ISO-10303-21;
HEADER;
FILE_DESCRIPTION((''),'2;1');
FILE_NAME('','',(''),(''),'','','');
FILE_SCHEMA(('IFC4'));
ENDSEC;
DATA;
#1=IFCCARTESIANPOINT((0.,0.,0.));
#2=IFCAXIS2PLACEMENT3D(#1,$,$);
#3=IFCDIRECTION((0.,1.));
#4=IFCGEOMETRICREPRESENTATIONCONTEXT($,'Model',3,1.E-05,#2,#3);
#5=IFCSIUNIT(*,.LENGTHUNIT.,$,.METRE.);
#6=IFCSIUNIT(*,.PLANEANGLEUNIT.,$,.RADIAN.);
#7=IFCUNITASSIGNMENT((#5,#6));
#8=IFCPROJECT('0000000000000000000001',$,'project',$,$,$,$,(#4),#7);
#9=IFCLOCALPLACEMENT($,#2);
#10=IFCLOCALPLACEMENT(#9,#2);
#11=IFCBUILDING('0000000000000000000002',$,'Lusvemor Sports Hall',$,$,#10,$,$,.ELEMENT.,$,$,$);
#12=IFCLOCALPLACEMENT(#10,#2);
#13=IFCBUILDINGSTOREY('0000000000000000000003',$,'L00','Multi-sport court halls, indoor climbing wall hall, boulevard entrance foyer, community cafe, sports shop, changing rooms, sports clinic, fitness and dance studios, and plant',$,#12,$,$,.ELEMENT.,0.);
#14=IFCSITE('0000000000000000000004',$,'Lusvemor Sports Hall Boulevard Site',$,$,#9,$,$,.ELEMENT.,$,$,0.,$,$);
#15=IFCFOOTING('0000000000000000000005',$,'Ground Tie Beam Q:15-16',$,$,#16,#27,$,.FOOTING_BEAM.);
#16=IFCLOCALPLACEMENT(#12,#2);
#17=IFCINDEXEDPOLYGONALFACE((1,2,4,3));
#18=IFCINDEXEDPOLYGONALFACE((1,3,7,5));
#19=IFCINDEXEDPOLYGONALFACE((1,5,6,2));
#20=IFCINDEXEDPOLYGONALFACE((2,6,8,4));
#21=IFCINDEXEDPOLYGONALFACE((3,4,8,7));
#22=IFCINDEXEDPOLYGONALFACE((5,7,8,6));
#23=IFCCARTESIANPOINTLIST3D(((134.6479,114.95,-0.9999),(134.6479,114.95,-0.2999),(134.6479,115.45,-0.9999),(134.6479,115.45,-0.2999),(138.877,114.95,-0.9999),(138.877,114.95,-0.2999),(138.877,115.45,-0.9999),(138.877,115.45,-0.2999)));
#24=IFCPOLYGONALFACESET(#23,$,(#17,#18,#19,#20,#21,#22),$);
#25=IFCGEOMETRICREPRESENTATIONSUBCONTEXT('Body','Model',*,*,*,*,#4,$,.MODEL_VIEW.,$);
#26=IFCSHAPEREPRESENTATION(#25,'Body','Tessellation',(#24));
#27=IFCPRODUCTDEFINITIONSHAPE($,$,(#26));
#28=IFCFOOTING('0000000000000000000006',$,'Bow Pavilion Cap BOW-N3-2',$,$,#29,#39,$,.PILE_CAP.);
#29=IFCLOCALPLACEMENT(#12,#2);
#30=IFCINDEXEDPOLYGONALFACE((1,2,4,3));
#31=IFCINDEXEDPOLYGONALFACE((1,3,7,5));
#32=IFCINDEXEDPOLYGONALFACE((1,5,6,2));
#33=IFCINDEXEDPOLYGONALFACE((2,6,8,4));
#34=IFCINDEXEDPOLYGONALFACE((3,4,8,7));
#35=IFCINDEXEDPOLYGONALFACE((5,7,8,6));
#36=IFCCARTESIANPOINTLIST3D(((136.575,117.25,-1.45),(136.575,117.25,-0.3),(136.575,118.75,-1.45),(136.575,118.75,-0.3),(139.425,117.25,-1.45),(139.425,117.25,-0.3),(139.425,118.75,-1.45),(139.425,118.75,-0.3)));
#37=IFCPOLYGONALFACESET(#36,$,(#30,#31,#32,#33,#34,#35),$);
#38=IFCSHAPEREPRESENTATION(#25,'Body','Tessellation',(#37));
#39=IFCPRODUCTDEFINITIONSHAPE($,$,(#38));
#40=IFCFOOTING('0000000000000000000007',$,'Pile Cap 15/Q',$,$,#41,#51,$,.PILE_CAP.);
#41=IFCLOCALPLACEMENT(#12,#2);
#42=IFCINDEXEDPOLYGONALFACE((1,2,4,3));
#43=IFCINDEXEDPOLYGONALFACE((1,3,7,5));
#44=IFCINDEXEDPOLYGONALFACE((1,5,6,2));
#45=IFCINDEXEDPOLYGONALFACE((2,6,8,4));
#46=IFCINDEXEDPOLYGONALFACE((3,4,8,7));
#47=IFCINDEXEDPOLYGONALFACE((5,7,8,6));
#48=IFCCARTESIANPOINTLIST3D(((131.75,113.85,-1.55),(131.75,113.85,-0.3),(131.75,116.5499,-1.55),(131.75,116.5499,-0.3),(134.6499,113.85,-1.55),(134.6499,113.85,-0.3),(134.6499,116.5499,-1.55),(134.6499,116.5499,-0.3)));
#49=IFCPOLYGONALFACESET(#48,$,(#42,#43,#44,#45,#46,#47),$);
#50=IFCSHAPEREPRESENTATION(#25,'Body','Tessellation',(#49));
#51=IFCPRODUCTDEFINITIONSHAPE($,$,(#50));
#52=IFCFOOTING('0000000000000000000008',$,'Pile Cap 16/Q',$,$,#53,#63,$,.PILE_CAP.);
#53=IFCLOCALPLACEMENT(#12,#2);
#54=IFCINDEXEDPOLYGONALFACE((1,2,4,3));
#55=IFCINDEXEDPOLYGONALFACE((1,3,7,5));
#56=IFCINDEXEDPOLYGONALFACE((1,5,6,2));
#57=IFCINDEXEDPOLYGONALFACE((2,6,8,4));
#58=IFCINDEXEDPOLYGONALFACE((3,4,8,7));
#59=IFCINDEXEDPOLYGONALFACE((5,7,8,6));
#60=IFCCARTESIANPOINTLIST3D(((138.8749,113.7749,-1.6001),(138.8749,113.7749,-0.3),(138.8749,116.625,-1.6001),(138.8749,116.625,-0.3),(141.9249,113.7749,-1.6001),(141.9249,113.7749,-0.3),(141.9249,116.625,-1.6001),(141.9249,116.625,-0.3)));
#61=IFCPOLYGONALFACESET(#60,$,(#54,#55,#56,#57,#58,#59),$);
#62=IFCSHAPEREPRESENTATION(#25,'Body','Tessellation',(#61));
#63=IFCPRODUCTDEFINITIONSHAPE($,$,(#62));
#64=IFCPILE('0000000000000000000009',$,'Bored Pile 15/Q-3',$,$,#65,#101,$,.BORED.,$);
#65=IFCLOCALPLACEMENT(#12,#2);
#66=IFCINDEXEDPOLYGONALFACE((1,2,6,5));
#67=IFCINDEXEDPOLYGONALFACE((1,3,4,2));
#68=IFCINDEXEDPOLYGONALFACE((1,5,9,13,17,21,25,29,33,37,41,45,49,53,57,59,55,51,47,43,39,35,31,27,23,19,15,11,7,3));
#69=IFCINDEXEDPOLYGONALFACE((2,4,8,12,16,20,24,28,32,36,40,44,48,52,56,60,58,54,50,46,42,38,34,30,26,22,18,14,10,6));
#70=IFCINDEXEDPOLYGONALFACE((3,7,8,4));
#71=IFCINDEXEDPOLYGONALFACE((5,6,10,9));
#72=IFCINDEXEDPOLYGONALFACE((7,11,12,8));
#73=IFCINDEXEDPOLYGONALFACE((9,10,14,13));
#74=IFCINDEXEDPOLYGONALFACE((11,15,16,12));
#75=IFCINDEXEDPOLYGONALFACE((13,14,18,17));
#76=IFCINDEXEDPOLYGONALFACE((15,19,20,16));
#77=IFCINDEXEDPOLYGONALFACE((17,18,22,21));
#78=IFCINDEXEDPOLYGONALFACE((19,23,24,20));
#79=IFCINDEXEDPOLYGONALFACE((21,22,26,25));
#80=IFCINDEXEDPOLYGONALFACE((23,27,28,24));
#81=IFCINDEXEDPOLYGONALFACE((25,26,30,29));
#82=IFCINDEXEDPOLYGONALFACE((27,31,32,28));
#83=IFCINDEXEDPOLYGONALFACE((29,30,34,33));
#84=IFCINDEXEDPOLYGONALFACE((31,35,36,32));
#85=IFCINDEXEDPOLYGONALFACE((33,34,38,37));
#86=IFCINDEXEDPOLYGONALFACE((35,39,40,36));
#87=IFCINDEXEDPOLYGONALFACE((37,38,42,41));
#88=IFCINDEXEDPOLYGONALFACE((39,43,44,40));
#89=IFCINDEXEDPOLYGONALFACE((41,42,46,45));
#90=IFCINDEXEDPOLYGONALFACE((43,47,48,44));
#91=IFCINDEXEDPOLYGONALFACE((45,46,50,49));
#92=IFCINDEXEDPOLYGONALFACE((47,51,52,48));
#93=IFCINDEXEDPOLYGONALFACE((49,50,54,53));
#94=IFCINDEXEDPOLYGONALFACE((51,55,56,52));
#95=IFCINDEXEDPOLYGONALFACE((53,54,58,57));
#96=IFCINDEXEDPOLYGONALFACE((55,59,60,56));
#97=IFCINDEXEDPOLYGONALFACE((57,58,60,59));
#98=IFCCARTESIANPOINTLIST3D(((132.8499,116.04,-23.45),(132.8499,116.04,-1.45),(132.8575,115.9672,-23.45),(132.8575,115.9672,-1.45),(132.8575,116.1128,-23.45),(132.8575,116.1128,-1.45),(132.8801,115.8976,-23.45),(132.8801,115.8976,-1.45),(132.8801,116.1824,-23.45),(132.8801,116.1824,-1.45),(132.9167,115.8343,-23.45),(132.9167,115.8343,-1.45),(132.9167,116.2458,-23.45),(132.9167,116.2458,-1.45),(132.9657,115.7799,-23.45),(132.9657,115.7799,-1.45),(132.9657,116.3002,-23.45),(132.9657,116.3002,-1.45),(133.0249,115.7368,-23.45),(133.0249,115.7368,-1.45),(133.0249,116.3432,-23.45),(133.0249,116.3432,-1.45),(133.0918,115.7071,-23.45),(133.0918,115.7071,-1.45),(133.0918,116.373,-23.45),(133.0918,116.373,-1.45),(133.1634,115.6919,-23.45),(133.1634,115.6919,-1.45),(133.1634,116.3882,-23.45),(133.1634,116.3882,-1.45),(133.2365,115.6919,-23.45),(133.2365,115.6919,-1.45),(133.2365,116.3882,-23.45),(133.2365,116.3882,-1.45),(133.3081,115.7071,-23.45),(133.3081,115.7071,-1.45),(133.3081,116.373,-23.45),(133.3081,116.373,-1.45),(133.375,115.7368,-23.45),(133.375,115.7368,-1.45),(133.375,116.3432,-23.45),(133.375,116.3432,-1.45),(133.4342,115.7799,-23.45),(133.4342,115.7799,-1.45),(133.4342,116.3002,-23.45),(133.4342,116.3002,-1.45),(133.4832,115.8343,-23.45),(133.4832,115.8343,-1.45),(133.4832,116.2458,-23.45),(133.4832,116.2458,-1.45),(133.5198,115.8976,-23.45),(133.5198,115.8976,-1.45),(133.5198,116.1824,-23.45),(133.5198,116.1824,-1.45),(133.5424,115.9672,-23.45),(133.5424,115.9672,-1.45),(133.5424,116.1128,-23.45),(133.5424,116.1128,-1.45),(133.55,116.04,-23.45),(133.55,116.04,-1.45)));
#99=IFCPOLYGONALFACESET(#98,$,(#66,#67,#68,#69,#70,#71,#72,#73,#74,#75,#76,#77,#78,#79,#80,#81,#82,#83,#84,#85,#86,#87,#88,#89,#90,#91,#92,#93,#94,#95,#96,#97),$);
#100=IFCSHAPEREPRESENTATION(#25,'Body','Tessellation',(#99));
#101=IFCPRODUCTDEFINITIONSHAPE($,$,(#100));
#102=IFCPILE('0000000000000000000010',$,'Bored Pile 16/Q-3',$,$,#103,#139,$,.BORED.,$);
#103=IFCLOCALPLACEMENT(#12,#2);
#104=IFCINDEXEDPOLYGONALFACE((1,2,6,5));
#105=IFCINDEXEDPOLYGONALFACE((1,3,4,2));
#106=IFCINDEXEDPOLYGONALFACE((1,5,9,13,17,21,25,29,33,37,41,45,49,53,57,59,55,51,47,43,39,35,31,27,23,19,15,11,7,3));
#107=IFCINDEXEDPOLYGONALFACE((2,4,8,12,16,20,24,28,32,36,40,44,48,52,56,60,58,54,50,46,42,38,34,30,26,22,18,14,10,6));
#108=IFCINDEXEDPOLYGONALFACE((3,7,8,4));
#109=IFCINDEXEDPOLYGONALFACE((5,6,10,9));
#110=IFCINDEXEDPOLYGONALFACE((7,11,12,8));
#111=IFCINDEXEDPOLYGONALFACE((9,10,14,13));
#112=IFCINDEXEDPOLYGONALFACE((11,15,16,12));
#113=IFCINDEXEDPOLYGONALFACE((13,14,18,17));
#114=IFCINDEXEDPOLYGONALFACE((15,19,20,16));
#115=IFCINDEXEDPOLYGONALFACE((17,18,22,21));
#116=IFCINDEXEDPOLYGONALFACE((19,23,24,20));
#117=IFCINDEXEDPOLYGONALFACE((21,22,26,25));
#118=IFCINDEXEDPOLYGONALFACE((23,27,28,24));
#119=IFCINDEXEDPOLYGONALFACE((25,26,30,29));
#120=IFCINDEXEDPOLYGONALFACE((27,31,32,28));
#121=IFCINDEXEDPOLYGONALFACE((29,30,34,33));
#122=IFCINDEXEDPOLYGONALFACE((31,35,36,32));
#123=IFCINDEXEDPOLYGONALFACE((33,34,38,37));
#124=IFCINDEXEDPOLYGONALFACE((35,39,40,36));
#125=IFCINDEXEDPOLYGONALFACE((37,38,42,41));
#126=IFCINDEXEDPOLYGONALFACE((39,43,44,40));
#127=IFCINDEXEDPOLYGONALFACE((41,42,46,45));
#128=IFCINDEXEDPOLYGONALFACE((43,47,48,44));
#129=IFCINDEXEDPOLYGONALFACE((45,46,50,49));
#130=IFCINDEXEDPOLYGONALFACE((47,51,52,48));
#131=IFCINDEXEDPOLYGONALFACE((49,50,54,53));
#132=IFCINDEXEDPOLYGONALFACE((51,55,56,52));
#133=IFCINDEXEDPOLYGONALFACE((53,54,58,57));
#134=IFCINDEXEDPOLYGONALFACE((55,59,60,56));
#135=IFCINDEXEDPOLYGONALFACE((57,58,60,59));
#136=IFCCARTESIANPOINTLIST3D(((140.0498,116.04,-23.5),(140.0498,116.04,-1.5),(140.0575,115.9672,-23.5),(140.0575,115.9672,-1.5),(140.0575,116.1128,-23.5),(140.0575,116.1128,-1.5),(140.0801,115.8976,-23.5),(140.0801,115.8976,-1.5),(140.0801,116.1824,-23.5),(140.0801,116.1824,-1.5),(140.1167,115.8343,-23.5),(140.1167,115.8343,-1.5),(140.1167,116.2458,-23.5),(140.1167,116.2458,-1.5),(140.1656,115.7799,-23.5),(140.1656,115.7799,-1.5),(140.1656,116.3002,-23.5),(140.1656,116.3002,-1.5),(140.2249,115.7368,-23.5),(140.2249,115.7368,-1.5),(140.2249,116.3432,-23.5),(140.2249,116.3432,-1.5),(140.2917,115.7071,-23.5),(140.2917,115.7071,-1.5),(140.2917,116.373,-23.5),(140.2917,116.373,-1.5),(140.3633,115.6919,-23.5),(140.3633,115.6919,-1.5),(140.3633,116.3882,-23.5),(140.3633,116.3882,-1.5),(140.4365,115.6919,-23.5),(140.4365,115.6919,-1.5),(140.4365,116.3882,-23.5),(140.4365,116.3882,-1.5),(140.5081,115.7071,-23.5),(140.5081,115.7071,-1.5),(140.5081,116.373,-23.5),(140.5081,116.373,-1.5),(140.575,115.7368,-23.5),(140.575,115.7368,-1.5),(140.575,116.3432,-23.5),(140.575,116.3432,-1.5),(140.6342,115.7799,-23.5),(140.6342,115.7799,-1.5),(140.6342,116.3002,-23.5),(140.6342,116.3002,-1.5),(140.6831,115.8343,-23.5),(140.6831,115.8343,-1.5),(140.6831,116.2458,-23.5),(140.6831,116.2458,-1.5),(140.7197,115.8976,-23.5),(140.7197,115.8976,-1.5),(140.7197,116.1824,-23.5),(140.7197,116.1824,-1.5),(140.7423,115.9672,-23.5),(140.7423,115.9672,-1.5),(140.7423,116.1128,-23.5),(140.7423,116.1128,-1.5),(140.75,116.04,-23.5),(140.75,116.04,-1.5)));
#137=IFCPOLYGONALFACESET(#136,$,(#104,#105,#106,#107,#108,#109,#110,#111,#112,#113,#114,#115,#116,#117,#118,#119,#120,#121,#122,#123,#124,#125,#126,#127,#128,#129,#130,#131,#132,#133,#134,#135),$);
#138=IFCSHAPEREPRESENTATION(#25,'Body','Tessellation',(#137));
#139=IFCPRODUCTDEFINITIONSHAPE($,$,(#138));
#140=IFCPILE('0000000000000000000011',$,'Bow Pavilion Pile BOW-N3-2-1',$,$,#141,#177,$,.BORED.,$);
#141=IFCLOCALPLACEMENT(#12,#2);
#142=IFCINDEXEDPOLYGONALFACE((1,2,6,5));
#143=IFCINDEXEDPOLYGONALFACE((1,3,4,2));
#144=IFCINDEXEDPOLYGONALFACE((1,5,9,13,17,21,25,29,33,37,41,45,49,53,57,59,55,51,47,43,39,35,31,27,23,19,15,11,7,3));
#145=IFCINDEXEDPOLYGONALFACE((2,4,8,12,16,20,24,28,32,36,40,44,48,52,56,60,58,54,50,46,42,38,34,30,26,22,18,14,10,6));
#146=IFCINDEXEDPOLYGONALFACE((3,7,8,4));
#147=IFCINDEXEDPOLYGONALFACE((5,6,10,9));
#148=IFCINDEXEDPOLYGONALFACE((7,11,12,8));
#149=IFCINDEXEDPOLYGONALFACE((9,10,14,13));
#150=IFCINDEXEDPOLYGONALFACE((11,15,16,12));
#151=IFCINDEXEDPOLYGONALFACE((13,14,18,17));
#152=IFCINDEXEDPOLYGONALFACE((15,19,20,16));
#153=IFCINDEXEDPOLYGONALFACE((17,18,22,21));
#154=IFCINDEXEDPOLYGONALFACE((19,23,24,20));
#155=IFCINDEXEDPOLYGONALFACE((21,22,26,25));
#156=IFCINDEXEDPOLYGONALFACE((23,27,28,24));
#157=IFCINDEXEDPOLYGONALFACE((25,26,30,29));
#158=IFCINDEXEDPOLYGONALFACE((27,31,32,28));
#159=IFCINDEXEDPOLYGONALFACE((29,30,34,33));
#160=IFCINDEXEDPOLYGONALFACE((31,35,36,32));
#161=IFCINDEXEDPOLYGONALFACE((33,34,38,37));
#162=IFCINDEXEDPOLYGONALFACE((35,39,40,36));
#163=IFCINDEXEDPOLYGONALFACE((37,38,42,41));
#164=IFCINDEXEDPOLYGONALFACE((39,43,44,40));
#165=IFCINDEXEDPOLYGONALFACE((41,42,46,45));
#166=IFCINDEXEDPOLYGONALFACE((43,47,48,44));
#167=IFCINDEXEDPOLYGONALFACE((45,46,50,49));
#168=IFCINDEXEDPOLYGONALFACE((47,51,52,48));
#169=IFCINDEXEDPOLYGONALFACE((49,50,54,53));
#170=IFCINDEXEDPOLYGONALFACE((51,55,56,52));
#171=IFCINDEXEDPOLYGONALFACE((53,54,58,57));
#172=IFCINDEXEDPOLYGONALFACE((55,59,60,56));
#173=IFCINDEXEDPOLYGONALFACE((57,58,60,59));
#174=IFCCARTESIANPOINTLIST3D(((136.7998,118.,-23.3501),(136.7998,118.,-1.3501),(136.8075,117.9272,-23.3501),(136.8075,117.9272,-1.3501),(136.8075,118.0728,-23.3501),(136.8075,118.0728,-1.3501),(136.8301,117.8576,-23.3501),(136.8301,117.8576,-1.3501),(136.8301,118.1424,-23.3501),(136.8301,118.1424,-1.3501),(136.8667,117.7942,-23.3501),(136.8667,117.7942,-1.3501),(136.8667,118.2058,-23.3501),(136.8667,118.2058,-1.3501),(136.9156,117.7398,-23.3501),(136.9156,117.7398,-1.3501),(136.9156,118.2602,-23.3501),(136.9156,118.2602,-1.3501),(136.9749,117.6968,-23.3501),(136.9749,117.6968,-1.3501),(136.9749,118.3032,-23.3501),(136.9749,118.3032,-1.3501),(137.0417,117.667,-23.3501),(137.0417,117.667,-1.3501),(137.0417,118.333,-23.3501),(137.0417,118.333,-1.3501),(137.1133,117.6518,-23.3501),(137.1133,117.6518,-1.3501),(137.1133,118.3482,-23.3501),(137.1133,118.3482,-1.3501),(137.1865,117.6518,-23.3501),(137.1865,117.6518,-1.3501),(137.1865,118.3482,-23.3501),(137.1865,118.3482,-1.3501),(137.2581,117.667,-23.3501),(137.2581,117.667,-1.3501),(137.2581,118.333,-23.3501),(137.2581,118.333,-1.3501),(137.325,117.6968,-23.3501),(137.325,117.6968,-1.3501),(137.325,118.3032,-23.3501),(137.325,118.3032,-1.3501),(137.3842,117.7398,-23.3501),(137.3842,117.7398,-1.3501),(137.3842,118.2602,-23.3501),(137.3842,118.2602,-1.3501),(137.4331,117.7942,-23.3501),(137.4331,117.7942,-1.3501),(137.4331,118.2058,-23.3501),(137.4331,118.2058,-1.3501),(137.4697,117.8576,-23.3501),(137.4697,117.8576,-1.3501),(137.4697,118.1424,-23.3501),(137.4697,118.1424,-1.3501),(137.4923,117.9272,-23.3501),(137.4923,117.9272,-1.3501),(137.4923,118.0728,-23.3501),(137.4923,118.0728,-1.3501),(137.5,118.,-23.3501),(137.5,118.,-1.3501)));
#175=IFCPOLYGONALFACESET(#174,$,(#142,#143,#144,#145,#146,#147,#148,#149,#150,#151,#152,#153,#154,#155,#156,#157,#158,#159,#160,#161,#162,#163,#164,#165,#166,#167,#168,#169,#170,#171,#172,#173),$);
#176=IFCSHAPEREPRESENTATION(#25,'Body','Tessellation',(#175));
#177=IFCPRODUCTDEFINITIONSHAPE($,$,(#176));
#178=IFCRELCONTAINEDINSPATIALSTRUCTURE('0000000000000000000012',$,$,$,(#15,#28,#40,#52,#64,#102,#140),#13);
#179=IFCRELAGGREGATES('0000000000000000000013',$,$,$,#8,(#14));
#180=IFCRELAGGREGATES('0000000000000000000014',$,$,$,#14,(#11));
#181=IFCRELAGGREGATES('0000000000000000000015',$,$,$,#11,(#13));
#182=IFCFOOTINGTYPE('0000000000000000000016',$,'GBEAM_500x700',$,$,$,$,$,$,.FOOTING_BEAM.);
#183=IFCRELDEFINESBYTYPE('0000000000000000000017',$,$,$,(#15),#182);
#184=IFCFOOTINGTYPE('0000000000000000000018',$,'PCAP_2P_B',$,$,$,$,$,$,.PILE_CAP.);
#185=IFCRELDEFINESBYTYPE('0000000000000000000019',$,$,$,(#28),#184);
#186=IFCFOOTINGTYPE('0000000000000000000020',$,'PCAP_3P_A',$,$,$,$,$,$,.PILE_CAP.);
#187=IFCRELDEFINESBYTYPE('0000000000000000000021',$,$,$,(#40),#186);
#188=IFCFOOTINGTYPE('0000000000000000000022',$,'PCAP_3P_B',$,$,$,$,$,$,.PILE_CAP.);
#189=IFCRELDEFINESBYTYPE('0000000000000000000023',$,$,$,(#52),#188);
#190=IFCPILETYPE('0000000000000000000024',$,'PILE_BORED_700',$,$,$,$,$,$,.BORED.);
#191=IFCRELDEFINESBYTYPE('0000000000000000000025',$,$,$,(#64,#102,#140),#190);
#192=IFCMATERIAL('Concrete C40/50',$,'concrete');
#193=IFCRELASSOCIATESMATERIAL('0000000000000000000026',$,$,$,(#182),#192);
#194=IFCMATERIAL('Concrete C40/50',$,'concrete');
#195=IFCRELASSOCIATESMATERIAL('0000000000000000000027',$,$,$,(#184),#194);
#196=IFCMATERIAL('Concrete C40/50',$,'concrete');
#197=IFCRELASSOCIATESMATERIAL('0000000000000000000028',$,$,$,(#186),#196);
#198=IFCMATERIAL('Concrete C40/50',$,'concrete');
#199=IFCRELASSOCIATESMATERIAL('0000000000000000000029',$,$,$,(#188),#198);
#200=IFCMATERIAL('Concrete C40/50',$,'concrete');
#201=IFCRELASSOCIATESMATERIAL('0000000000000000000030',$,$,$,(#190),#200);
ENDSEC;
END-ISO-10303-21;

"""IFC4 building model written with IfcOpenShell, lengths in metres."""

from ifc_helpers import new_model, si_unit, direction, frame, origin, origin_2d, place, context, subcontext, project, spatial, rectangle, circle, extrude, material, material_profile, profile_set, type_object, element, save


model = new_model("IFC4")

# Units and contexts
model_context = context("Model", 3, precision=1e-05, world=origin(), true_north=direction((0.0, 1.0)))
body_context = subcontext(model_context, "Body", "Model", "MODEL_VIEW")
ifc_project = project(units=[si_unit("LENGTHUNIT", "METRE"), si_unit("PLANEANGLEUNIT", "RADIAN")], contexts=[model_context])

# Site, building, storey
site_placement = place(None, origin())
site = spatial("IfcSite", under=ifc_project, at=site_placement, Name="Lusvemor Sports Hall Boulevard Site", CompositionType="ELEMENT", RefElevation=0.0)
building_placement = place(site_placement, origin())
building = spatial("IfcBuilding", under=site, at=building_placement, Name="Lusvemor Sports Hall", CompositionType="ELEMENT")
storey_placement = place(building_placement, origin())
storey = spatial("IfcBuildingStorey", under=building, at=storey_placement, Name="L00", Description="Multi-sport court halls, indoor climbing wall hall, boulevard entrance foyer, community cafe, sports shop, changing rooms, sports clinic, fitness and dance studios, and plant", CompositionType="ELEMENT", Elevation=0.0)

# Footings
ifc_material_1 = material(Name="Concrete C40/50", Category="concrete")
ifc_material_profile_1 = material_profile(ifc_material_1, rectangle(XDim=0.5, YDim=0.7, at=origin_2d()), Name="GB_500x700")
ifc_profile_set_1 = profile_set([ifc_material_profile_1], Name="Concrete C40/50")
footing_type_1 = type_object("IfcFootingType", Name="GBEAM_500x700", PredefinedType="FOOTING_BEAM", material=ifc_profile_set_1)
footing_1_placement = place(storey_placement, frame((134.6479, 115.2, -0.6499), z_axis=(1.0, 0.0, 0.0), x_axis=(0.0, 1.0, 0.0)))
element("IfcFooting", 1, at=footing_1_placement, inside=storey, type_object=footing_type_1, Name="Ground Tie Beam Q:15-16", PredefinedType="FOOTING_BEAM", context=body_context, shape_type="SweptSolid", body=[
    extrude(rectangle(XDim=0.5, YDim=0.7, at=origin_2d()), origin(), (0.0, 0.0, 1.0), 4.229),
])
ifc_material_2 = material(Name="Concrete C40/50", Category="concrete")
footing_type_2 = type_object("IfcFootingType", Name="PCAP_2P_B", PredefinedType="PILE_CAP", material=ifc_material_2)
footing_2_placement = place(storey_placement, frame((138.0, 118.0, -1.45), z_axis=(0.0, 0.0, 1.0), x_axis=(1.0, 0.0, 0.0)))
element("IfcFooting", 2, at=footing_2_placement, inside=storey, type_object=footing_type_2, Name="Bow Pavilion Cap BOW-N3-2", PredefinedType="PILE_CAP", context=body_context, shape_type="SweptSolid", body=[
    extrude(rectangle(XDim=2.8501, YDim=1.5, at=origin_2d()), origin(), (0.0, 0.0, 1.0), 1.1499),
])
ifc_material_3 = material(Name="Concrete C40/50", Category="concrete")
footing_type_3 = type_object("IfcFootingType", Name="PCAP_3P_A", PredefinedType="PILE_CAP", material=ifc_material_3)
footing_3_placement = place(storey_placement, frame((133.2, 115.2, -1.55), z_axis=(0.0, 0.0, 1.0), x_axis=(1.0, 0.0, 0.0)))
element("IfcFooting", 3, at=footing_3_placement, inside=storey, type_object=footing_type_3, Name="Pile Cap 15/Q", PredefinedType="PILE_CAP", context=body_context, shape_type="SweptSolid", body=[
    extrude(rectangle(XDim=2.8999, YDim=2.7, at=origin_2d()), origin(), (0.0, 0.0, 1.0), 1.25),
])
ifc_material_4 = material(Name="Concrete C40/50", Category="concrete")
footing_type_4 = type_object("IfcFootingType", Name="PCAP_3P_B", PredefinedType="PILE_CAP", material=ifc_material_4)
footing_4_placement = place(storey_placement, frame((140.3999, 115.2, -1.6001), z_axis=(0.0, 0.0, 1.0), x_axis=(1.0, 0.0, 0.0)))
element("IfcFooting", 4, at=footing_4_placement, inside=storey, type_object=footing_type_4, Name="Pile Cap 16/Q", PredefinedType="PILE_CAP", context=body_context, shape_type="SweptSolid", body=[
    extrude(rectangle(XDim=3.05, YDim=2.8501, at=origin_2d()), origin(), (0.0, 0.0, 1.0), 1.3),
])

# Piles
ifc_material_5 = material(Name="Concrete C40/50", Category="concrete")
ifc_material_profile_2 = material_profile(ifc_material_5, circle(Radius=0.3501, at=origin_2d()), Name="PILE700")
ifc_profile_set_2 = profile_set([ifc_material_profile_2], Name="Concrete C40/50")
pile_type = type_object("IfcPileType", Name="PILE_BORED_700", PredefinedType="BORED", material=ifc_profile_set_2)
for number, where, z_axis, x_axis, name in (
    (5, (133.2, 116.04, -1.45), (0.0, 0.0, -1.0), (1.0, 0.0, 0.0), "Bored Pile 15/Q-3"),
    (6, (140.3999, 116.04, -1.5), (0.0, 0.0, -1.0), (1.0, 0.0, 0.0), "Bored Pile 16/Q-3"),
    (7, (137.1499, 118.0, -1.3501), (0.0, 0.0, -1.0), (1.0, 0.0, 0.0), "Bow Pavilion Pile BOW-N3-2-1"),
):
    element("IfcPile", number, at=place(storey_placement, frame(where, z_axis=z_axis, x_axis=x_axis)), inside=storey, type_object=pile_type, Name=name, PredefinedType="BORED", context=body_context, shape_type="SweptSolid", body=[
        extrude(circle(Radius=0.3501, at=origin_2d()), origin(), (0.0, 0.0, 1.0), 22.0),
    ])

save(model, "model.ifc")
